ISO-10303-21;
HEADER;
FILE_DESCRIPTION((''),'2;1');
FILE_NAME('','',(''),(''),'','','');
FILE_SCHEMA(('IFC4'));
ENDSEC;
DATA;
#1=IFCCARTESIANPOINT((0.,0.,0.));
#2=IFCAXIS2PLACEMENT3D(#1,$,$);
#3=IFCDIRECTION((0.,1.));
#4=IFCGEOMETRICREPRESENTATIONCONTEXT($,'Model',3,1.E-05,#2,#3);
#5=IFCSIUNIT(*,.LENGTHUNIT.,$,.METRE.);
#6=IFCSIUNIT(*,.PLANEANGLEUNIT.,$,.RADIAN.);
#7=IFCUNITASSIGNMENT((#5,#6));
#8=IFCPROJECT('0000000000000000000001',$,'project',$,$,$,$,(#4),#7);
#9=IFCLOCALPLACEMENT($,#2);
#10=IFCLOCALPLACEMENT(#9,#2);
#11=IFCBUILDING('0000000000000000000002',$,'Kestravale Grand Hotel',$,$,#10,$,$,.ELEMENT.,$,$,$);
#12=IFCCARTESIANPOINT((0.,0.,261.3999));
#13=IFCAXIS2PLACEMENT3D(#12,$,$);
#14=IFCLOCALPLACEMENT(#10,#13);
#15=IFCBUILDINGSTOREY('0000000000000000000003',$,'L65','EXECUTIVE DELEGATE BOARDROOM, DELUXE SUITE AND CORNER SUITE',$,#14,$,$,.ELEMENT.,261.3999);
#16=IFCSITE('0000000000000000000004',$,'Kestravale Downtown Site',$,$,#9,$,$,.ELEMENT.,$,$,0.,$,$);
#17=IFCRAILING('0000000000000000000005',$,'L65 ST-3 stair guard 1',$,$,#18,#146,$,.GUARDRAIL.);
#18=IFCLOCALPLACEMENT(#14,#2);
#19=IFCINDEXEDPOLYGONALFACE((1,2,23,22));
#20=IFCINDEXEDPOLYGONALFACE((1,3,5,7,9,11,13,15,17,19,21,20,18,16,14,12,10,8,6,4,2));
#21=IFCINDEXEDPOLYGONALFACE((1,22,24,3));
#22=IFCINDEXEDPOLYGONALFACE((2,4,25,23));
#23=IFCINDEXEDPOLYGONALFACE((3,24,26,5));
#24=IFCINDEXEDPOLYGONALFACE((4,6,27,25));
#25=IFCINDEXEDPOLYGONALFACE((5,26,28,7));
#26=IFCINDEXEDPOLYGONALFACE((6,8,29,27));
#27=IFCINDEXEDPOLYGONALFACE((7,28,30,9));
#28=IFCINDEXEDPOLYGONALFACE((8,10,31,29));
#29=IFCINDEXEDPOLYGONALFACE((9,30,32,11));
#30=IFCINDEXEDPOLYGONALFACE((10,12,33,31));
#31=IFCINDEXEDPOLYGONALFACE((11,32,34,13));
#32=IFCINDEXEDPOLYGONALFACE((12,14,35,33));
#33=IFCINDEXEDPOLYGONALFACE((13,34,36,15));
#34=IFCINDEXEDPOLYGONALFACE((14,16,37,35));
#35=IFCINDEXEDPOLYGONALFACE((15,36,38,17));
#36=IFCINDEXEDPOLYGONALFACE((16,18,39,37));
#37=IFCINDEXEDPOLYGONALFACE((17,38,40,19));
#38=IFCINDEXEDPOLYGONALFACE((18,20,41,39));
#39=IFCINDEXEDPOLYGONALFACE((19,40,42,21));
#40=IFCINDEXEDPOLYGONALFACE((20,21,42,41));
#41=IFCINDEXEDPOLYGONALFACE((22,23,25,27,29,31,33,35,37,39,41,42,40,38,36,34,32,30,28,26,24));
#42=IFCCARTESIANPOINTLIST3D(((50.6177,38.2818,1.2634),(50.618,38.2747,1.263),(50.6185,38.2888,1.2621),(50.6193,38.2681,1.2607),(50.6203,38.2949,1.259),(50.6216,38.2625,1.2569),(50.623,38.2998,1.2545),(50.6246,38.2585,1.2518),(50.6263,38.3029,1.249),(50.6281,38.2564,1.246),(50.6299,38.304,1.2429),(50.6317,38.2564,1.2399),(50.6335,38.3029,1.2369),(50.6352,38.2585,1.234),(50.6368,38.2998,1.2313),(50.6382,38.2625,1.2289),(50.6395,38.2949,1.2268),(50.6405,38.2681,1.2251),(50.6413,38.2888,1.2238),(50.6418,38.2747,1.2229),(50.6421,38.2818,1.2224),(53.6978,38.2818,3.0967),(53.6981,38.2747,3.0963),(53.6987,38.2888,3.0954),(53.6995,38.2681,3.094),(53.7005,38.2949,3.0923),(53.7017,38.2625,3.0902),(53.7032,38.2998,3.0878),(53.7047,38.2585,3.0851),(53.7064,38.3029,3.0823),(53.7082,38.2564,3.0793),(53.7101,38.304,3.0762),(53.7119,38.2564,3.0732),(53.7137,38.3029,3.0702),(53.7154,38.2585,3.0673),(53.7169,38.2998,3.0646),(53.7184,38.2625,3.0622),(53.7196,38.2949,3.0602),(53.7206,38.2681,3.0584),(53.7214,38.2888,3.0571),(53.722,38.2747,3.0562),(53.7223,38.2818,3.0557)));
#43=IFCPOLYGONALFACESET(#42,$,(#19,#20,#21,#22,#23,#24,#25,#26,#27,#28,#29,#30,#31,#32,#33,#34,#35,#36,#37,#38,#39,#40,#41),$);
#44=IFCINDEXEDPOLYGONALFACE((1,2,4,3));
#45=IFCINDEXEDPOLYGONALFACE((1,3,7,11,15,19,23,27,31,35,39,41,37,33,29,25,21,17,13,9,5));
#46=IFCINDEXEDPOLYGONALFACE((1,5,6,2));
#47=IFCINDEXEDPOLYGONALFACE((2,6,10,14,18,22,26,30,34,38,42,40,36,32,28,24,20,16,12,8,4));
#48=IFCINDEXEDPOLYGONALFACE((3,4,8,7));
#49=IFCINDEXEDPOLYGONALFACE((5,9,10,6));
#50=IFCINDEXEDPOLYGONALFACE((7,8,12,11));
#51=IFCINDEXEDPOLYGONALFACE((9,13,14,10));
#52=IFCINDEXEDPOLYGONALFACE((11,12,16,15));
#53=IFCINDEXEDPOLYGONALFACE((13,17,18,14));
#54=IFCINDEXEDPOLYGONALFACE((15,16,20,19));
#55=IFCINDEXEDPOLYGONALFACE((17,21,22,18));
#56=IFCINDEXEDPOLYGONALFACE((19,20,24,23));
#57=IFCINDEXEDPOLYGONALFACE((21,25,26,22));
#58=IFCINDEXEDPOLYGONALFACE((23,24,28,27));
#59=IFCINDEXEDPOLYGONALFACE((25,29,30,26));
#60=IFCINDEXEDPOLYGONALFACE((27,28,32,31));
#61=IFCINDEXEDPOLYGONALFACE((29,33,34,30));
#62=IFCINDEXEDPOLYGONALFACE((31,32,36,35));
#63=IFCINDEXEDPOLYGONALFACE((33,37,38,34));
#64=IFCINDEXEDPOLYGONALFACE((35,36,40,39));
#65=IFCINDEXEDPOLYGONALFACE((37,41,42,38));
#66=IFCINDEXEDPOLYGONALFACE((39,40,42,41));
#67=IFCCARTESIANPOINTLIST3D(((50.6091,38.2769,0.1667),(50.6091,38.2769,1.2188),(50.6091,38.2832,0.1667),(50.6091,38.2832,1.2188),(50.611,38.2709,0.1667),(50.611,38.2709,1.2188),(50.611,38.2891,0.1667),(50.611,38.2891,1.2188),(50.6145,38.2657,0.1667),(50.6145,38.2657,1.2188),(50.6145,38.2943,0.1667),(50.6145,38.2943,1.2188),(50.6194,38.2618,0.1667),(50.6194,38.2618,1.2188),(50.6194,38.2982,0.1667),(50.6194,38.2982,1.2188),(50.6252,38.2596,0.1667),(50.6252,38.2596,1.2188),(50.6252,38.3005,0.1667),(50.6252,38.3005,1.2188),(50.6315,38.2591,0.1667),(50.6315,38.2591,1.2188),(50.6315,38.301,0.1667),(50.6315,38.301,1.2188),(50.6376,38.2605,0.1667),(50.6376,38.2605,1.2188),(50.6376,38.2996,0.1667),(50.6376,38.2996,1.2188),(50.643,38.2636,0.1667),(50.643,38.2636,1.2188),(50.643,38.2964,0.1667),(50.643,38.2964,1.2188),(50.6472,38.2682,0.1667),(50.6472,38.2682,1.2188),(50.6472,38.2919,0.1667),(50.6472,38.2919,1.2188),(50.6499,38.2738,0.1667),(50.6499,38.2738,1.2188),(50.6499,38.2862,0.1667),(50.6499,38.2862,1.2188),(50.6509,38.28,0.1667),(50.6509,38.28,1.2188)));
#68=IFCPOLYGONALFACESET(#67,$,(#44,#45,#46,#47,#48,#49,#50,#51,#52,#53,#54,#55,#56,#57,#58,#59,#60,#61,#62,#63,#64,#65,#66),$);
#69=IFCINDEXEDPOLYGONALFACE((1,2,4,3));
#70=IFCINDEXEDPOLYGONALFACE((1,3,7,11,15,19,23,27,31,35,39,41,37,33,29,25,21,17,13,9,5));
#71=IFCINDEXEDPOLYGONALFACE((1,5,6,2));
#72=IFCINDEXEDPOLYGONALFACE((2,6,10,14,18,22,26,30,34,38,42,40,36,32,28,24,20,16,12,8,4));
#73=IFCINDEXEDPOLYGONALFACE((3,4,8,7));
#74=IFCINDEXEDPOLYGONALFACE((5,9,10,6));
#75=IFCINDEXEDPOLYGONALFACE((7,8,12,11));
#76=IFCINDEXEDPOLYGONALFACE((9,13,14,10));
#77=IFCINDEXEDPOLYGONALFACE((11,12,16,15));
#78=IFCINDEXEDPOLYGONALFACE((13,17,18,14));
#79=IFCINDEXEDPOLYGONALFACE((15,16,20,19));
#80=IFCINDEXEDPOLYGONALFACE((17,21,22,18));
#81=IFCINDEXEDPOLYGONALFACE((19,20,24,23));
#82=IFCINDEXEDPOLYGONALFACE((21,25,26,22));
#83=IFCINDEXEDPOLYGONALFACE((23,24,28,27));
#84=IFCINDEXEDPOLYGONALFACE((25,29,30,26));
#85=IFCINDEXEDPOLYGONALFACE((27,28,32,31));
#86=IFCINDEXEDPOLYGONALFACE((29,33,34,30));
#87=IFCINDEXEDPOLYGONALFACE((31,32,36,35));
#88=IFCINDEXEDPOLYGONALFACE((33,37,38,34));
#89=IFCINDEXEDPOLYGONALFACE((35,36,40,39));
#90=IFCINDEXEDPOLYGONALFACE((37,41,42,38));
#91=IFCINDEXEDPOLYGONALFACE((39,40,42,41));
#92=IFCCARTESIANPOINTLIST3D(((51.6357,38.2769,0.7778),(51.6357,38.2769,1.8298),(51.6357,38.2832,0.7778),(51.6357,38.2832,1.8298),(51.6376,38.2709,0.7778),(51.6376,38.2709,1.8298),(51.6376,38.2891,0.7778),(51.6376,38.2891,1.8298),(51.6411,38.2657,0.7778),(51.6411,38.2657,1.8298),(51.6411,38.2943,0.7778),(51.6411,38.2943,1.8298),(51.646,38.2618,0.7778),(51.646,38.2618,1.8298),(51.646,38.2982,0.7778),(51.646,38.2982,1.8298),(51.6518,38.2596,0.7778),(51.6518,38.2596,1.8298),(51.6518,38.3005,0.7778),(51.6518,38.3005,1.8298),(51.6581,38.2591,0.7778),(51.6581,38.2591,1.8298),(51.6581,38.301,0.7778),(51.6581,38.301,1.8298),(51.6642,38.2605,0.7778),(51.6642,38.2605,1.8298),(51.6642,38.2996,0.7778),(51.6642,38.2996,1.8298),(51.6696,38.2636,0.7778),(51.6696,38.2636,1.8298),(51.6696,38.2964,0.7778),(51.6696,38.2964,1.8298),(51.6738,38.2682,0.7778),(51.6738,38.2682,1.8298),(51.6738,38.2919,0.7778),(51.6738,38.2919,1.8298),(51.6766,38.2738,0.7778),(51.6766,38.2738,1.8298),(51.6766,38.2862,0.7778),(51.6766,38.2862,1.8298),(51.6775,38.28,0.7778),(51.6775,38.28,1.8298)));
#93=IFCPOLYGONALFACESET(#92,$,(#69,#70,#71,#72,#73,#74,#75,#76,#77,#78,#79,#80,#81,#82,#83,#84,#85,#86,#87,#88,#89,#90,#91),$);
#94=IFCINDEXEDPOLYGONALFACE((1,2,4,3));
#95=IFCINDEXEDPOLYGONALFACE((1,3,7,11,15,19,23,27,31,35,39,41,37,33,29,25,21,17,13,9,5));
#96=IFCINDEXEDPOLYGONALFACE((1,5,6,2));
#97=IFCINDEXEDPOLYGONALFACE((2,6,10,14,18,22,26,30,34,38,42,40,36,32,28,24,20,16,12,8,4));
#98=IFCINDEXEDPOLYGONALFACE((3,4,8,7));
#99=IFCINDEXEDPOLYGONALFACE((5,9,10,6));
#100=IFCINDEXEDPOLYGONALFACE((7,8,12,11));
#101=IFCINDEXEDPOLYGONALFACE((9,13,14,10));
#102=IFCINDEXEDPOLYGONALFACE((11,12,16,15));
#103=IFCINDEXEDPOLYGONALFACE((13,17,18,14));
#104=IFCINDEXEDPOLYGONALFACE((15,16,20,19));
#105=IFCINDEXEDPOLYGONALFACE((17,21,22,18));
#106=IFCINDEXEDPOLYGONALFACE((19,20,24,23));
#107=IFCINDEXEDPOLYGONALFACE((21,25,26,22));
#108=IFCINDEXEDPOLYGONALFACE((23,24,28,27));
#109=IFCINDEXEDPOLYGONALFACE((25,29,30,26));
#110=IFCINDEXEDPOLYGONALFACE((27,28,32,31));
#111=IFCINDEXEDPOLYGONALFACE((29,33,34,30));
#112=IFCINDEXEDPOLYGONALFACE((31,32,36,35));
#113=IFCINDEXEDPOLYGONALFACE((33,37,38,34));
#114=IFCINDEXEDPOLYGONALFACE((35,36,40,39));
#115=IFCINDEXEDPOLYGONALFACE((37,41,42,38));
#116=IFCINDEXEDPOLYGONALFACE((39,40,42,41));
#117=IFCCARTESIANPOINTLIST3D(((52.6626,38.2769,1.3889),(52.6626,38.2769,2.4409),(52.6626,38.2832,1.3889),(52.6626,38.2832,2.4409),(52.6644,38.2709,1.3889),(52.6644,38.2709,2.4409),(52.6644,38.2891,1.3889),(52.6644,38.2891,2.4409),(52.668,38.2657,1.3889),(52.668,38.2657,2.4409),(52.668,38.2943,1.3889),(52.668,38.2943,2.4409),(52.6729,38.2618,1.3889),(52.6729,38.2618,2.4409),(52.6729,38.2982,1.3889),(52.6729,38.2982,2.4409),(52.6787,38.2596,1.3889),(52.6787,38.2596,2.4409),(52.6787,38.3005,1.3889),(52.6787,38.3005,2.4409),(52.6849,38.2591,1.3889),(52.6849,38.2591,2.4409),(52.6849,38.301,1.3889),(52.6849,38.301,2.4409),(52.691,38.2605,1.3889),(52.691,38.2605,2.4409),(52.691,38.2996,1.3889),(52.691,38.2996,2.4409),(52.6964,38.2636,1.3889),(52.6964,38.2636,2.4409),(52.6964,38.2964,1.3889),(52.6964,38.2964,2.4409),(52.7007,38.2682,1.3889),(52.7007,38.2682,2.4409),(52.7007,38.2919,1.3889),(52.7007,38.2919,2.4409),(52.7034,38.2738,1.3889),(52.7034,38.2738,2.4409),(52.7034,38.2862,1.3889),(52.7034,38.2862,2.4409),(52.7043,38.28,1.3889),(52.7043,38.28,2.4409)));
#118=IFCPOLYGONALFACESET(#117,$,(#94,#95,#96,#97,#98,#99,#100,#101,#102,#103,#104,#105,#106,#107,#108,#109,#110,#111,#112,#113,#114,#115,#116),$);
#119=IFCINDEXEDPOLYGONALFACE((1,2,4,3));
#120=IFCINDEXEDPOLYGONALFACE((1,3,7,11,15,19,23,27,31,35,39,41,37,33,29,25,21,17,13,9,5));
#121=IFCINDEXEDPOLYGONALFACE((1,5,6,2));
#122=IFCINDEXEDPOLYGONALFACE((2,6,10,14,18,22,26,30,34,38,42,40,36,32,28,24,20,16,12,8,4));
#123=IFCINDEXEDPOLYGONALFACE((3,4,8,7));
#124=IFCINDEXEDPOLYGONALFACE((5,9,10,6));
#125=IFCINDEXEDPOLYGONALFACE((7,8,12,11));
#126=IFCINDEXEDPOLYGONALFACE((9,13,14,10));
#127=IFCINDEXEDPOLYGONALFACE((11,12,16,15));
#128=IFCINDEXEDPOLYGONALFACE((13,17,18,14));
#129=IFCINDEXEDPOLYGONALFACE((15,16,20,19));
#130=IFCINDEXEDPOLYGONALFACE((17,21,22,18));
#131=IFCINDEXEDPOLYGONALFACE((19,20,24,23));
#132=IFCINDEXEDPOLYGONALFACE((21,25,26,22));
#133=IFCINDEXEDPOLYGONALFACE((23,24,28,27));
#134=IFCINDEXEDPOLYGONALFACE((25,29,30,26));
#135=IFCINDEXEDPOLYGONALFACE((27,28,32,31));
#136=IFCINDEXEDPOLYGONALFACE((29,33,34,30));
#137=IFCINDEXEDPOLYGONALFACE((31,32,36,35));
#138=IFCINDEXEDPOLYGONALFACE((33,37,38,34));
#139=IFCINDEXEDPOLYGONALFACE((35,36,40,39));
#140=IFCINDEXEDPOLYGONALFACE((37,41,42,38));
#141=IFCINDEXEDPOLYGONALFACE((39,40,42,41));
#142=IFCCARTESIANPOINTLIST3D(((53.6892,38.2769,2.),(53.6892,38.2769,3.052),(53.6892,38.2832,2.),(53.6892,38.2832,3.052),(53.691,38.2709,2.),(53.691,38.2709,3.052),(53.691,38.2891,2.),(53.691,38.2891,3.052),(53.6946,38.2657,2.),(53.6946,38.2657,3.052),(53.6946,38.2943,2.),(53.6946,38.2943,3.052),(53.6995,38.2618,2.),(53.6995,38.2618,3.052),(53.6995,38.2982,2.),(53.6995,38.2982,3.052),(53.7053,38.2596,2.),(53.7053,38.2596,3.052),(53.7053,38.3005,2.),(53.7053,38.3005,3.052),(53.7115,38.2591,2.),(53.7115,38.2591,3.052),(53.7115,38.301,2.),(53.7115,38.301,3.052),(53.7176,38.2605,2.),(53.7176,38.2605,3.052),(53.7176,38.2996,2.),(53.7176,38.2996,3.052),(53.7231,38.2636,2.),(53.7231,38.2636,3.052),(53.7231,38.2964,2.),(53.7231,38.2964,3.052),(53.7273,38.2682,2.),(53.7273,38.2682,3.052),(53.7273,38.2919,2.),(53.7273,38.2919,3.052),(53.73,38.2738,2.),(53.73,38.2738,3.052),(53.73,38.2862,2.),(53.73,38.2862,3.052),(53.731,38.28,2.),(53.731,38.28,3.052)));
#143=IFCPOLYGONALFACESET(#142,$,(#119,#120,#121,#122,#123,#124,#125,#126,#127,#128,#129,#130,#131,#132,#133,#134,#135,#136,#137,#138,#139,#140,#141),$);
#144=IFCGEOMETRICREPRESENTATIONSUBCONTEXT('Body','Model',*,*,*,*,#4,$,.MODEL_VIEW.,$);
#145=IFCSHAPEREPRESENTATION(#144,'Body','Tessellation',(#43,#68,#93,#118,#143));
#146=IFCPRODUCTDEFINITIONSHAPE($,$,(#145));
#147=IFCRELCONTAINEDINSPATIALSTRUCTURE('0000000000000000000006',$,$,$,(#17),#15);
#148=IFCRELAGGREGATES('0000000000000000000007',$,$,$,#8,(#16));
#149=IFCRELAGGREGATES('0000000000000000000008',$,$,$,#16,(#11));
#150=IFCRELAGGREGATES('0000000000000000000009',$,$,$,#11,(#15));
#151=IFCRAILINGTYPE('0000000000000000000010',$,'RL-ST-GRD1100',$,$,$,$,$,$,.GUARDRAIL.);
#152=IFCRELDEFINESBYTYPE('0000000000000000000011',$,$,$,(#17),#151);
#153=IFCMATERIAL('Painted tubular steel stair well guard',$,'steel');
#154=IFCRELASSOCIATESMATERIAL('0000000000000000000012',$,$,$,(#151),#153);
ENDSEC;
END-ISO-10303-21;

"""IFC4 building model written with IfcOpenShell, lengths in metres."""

from ifc_helpers import new_model, si_unit, direction, frame, origin, origin_2d, place, context, subcontext, project, spatial, circle, extrude, material, type_object, element, save


model = new_model("IFC4")

# Units and contexts
model_context = context("Model", 3, precision=1e-05, world=origin(), true_north=direction((0.0, 1.0)))
body_context = subcontext(model_context, "Body", "Model", "MODEL_VIEW")
ifc_project = project(units=[si_unit("LENGTHUNIT", "METRE"), si_unit("PLANEANGLEUNIT", "RADIAN")], contexts=[model_context])

# Site, building, storey
site_placement = place(None, origin())
site = spatial("IfcSite", under=ifc_project, at=site_placement, Name="Kestravale Downtown Site", CompositionType="ELEMENT", RefElevation=0.0)
building_placement = place(site_placement, origin())
building = spatial("IfcBuilding", under=site, at=building_placement, Name="Kestravale Grand Hotel", CompositionType="ELEMENT")
storey_placement = place(building_placement, frame((0.0, 0.0, 261.3999)))
storey = spatial("IfcBuildingStorey", under=building, at=storey_placement, Name="L65", Description="EXECUTIVE DELEGATE BOARDROOM, DELUXE SUITE AND CORNER SUITE", CompositionType="ELEMENT", Elevation=261.3999)

# Railing
ifc_material_1 = material(Name="Painted tubular steel stair well guard", Category="steel")
railing_type_1 = type_object("IfcRailingType", Name="RL-ST-GRD1100", PredefinedType="GUARDRAIL", material=ifc_material_1)
railing_1_placement = place(storey_placement, frame((50.6299, 38.28, 0.1667)))
element("IfcRailing", 1, at=railing_1_placement, inside=storey, type_object=railing_type_1, Name="L65 ST-3 stair guard 1", PredefinedType="GUARDRAIL", context=body_context, shape_type="SweptSolid", body=[
    extrude(circle(Radius=0.0239, at=origin_2d()), frame((0.0, 0.0, 1.0762), z_axis=(0.859309, 0.0, 0.511458), x_axis=(0.0, 1.0, 0.0)), (0.0, 0.0, 1.0), 3.5845),
    extrude(circle(Radius=0.021, at=origin_2d()), origin(), (0.0, 0.0, 1.0), 1.052),
    extrude(circle(Radius=0.021, at=origin_2d()), frame((1.0266, 0.0, 0.6111)), (0.0, 0.0, 1.0), 1.052),
    extrude(circle(Radius=0.021, at=origin_2d()), frame((2.0535, 0.0, 1.2222)), (0.0, 0.0, 1.0), 1.052),
    extrude(circle(Radius=0.021, at=origin_2d()), frame((3.0801, 0.0, 1.8333)), (0.0, 0.0, 1.0), 1.052),
])

save(model, "model.ifc")
